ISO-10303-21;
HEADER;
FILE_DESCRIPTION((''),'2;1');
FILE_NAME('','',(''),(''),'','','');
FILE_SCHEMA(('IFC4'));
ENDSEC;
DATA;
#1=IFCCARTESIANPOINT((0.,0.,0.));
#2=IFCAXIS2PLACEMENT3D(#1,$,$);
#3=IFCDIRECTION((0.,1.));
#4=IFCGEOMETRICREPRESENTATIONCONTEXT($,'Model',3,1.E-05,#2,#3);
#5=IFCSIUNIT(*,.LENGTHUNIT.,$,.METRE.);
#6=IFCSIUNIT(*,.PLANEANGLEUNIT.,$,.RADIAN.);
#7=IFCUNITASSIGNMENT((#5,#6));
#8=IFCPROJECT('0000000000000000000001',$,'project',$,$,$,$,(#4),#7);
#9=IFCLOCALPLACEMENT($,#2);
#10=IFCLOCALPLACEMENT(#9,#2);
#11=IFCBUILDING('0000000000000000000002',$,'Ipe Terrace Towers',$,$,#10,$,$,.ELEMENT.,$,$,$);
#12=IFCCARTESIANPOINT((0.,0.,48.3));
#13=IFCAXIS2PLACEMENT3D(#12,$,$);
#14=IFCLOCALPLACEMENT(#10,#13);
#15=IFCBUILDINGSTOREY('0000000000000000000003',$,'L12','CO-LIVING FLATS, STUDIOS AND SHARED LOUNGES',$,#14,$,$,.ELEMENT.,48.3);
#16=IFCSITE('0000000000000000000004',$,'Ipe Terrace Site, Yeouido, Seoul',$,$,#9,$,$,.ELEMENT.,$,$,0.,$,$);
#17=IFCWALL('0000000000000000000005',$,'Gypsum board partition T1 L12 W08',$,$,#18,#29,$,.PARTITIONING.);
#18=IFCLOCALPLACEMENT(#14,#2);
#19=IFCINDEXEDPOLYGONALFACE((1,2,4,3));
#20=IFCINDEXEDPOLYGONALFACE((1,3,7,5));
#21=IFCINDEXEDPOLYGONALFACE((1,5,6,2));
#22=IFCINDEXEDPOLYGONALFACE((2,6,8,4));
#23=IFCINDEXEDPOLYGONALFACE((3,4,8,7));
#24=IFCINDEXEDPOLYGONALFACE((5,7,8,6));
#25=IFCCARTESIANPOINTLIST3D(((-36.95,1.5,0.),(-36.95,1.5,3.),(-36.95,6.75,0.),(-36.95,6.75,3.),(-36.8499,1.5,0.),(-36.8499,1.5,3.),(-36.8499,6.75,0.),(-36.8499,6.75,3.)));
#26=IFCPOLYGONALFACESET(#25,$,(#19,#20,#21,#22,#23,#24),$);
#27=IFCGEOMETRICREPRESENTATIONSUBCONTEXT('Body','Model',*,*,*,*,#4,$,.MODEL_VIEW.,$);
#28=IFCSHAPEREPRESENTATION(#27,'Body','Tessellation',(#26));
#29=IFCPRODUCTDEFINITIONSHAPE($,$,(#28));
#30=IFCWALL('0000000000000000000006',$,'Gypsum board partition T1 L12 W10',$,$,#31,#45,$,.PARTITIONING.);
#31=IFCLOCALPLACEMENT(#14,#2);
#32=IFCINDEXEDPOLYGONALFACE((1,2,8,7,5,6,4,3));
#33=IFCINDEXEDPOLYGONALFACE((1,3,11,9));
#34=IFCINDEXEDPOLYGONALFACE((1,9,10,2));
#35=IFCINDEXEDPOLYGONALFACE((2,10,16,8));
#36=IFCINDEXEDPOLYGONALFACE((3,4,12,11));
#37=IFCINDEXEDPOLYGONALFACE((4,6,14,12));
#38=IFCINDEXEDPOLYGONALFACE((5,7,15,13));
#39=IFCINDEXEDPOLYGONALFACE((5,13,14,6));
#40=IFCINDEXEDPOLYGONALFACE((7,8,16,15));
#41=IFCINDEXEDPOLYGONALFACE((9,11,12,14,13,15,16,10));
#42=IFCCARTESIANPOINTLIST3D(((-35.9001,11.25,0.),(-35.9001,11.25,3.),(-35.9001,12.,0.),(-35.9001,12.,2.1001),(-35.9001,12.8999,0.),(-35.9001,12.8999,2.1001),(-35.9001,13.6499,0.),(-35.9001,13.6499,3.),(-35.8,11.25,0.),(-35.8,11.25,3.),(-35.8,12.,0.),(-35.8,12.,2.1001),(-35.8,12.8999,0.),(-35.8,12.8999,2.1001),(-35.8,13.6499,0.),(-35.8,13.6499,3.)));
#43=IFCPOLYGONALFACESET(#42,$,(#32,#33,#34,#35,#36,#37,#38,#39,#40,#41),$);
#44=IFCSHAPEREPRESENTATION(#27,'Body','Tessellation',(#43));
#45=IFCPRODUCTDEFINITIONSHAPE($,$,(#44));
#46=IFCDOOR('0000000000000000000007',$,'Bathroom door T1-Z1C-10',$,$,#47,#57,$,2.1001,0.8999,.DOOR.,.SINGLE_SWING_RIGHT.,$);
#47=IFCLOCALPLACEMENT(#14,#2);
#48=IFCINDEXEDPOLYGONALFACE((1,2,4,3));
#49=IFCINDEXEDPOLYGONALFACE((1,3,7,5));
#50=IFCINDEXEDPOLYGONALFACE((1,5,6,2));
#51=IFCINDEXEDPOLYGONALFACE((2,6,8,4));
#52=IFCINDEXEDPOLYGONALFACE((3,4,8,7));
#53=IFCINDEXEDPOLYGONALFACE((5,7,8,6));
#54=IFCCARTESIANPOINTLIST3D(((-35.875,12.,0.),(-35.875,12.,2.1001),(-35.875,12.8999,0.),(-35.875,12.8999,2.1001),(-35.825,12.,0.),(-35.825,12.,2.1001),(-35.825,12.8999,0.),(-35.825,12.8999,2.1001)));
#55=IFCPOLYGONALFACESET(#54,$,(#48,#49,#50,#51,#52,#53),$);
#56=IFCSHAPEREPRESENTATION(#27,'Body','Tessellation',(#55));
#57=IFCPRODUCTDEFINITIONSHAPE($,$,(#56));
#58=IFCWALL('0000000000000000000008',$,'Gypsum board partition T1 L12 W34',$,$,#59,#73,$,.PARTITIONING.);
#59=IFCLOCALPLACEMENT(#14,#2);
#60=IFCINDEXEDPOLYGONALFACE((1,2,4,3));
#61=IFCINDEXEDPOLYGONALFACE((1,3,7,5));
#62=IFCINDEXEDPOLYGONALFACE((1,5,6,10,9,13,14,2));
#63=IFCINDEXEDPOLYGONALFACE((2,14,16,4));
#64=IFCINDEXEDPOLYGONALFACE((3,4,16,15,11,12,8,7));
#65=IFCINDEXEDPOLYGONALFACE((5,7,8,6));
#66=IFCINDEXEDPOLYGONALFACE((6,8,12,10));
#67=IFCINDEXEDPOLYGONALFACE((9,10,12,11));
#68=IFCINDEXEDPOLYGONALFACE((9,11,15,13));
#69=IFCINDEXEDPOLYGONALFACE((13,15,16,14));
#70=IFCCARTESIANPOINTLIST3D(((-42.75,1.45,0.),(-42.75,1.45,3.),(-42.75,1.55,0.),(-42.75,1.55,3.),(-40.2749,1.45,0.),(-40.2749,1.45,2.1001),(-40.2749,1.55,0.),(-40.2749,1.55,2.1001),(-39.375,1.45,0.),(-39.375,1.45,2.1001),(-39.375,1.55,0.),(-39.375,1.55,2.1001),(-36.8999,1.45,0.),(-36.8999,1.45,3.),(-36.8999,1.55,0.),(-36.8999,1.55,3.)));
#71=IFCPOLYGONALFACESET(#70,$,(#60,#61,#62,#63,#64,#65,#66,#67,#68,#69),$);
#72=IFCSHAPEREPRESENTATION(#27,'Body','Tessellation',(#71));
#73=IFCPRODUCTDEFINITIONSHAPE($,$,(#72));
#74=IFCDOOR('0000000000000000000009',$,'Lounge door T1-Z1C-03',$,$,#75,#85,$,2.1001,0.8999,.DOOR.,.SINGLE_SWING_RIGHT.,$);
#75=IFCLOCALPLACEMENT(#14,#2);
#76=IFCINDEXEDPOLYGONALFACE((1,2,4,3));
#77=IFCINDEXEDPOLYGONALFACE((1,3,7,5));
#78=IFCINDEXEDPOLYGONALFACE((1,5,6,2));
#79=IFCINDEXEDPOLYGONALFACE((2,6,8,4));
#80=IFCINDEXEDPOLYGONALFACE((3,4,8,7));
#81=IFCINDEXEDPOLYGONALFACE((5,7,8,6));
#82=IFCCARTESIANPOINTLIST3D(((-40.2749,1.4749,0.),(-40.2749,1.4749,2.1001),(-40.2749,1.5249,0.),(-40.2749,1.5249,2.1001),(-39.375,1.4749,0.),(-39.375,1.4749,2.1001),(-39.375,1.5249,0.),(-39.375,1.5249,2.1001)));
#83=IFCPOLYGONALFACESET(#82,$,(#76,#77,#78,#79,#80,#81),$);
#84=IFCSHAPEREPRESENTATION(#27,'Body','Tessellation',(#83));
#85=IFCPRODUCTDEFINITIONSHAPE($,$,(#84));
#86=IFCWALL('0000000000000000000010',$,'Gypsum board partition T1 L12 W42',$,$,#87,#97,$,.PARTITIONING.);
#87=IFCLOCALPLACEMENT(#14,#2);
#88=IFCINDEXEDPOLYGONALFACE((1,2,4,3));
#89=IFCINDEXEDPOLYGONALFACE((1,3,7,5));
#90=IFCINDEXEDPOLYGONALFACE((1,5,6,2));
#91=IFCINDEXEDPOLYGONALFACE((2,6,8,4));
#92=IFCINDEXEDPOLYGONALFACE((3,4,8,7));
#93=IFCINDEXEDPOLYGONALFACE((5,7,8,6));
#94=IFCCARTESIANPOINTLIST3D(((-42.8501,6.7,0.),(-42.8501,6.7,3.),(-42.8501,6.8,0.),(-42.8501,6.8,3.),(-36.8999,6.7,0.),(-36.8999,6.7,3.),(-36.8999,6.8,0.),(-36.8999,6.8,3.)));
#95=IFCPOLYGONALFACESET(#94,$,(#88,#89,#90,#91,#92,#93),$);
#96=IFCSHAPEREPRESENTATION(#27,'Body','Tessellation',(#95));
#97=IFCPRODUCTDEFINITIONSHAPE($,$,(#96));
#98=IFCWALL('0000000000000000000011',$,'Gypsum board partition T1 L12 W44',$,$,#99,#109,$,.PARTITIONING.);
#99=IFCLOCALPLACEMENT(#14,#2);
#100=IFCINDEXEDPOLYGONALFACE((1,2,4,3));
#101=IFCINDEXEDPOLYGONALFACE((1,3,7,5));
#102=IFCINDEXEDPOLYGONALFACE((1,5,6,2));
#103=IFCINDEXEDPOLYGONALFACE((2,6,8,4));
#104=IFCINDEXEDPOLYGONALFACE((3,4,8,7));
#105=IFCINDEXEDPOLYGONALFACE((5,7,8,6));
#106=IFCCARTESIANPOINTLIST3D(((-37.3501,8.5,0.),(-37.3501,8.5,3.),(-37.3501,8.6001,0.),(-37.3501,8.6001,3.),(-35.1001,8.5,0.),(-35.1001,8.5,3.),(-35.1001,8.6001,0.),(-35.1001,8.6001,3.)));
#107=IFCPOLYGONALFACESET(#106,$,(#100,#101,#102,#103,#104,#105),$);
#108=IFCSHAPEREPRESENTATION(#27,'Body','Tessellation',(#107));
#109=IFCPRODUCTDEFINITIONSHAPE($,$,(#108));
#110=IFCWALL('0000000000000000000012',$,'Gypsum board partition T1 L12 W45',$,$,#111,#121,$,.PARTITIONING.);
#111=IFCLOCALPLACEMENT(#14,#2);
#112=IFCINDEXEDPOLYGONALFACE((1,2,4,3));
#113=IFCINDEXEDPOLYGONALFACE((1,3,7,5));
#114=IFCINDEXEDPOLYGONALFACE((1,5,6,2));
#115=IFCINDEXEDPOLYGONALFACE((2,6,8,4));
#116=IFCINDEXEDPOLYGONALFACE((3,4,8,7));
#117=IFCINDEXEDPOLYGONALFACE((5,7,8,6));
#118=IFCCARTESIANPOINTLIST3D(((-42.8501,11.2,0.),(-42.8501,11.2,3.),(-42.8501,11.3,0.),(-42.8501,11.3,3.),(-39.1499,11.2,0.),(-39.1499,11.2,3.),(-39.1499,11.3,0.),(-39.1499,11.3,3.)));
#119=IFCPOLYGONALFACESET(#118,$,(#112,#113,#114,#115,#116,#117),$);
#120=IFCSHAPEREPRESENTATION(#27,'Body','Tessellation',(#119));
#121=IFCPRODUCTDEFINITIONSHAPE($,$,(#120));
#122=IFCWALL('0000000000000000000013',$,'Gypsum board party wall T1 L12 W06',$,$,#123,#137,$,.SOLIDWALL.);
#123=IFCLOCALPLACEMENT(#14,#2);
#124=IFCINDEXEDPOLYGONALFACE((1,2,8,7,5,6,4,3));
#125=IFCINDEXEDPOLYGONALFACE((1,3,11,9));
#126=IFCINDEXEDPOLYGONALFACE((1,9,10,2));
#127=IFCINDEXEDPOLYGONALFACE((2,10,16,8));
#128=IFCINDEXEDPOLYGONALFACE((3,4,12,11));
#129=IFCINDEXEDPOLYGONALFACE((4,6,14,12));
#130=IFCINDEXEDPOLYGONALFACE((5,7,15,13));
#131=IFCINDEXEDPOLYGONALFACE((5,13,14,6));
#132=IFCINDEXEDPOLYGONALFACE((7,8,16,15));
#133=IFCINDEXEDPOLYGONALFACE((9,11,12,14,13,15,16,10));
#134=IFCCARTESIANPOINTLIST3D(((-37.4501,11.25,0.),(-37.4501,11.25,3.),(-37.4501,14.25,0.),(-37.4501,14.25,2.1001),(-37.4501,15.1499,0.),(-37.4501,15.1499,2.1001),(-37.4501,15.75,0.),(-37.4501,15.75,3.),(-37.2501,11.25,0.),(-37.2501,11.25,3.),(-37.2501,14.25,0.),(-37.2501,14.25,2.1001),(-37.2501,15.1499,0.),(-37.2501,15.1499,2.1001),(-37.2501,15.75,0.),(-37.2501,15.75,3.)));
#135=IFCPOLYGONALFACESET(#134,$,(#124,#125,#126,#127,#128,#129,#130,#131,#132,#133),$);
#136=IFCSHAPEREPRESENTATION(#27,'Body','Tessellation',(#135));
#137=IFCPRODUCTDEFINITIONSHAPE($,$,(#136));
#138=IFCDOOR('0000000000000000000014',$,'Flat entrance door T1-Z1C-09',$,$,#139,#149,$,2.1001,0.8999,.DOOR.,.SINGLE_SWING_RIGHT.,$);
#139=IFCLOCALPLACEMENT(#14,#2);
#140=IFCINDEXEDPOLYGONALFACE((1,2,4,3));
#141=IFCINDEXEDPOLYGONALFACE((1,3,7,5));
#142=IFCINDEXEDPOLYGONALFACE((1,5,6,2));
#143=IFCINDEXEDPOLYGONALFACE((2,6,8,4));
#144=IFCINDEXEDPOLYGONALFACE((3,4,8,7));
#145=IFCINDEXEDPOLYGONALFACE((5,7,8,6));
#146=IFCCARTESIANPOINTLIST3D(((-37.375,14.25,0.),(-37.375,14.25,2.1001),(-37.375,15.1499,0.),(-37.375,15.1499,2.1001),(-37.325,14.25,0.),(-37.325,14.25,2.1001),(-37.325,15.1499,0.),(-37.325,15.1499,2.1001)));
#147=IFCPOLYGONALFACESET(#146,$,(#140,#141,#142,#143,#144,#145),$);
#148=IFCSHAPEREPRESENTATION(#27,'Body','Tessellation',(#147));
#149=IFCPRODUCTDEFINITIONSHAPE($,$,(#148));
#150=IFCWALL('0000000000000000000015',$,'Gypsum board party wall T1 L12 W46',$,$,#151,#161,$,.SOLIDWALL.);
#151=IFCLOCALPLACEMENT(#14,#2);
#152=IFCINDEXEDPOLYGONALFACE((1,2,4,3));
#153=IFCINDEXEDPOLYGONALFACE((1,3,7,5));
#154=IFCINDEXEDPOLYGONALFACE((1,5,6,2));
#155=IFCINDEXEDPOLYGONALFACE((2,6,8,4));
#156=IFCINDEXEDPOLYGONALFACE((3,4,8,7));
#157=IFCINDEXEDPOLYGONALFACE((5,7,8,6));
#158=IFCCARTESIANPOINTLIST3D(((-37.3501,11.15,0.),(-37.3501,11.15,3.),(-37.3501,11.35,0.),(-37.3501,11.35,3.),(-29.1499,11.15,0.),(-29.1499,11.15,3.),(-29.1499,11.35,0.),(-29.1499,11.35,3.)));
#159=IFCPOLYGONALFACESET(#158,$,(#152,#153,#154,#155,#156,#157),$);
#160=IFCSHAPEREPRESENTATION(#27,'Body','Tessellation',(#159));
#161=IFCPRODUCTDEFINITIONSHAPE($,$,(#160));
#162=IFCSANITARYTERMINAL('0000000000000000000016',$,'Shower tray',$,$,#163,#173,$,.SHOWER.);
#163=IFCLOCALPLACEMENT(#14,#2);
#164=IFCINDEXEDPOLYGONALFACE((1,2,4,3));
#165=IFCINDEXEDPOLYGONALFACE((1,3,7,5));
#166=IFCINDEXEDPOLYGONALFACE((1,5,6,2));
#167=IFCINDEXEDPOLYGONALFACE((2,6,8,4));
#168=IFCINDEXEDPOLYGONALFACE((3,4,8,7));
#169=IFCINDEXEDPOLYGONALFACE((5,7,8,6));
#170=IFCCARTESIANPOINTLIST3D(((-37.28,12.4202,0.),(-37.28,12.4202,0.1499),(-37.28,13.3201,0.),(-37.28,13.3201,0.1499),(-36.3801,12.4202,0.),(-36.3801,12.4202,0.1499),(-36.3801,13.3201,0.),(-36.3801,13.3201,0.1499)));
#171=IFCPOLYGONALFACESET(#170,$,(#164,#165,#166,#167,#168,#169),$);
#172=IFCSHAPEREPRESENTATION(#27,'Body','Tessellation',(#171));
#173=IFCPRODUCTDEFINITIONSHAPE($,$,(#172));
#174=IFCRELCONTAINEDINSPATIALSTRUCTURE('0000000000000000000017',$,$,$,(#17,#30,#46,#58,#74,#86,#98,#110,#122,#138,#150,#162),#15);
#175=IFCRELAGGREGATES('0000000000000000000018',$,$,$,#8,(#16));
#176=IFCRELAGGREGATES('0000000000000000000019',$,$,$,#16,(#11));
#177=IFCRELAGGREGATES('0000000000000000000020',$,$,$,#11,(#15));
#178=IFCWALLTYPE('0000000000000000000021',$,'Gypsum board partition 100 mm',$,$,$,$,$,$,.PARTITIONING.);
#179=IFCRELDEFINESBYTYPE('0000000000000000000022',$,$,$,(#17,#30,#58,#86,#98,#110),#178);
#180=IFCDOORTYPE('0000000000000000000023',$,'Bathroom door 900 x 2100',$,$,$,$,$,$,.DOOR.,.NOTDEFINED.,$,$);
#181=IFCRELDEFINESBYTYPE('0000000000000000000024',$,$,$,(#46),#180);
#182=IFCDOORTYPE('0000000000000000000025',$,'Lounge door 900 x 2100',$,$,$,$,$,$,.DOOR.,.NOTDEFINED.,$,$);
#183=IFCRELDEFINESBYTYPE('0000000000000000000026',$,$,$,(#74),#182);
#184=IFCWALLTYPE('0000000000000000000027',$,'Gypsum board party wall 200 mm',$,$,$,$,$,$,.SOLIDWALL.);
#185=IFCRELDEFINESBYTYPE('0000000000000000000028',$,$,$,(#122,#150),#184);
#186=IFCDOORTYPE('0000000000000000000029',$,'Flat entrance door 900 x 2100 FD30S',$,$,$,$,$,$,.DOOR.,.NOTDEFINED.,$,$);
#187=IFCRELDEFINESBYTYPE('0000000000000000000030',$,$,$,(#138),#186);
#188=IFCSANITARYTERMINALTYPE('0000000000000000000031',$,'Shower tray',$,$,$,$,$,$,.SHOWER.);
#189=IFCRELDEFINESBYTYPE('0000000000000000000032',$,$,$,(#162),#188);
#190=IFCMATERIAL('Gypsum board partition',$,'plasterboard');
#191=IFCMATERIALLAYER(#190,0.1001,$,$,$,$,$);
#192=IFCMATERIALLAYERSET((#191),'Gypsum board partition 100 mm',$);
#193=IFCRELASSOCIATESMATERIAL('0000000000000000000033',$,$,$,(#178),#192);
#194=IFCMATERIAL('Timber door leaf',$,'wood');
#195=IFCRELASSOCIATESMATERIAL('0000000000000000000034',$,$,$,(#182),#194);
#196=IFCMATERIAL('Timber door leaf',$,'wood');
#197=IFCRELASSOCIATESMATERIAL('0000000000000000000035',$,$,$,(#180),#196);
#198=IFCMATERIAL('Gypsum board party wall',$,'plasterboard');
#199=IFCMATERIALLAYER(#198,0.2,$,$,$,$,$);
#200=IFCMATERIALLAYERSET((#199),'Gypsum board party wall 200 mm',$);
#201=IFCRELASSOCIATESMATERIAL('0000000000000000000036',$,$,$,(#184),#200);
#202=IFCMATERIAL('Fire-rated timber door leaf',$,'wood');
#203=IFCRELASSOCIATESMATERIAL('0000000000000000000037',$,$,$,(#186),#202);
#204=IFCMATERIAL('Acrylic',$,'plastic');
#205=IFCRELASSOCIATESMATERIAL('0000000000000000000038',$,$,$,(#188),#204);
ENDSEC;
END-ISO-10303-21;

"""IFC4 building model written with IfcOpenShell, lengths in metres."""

from ifc_helpers import new_model, si_unit, direction, frame, frame_2d, origin, origin_2d, place, context, subcontext, project, spatial, rectangle, extrude, material, layer, layer_set, type_object, element, fill, save


model = new_model("IFC4")

# Units and contexts
model_context = context("Model", 3, precision=1e-05, world=origin(), true_north=direction((0.0, 1.0)))
body_context = subcontext(model_context, "Body", "Model", "MODEL_VIEW")
ifc_project = project(units=[si_unit("LENGTHUNIT", "METRE"), si_unit("PLANEANGLEUNIT", "RADIAN")], contexts=[model_context])

# Site, building, storey
site_placement = place(None, origin())
site = spatial("IfcSite", under=ifc_project, at=site_placement, Name="Ipe Terrace Site, Yeouido, Seoul", CompositionType="ELEMENT", RefElevation=0.0)
building_placement = place(site_placement, origin())
building = spatial("IfcBuilding", under=site, at=building_placement, Name="Ipe Terrace Towers", CompositionType="ELEMENT")
storey_placement = place(building_placement, frame((0.0, 0.0, 48.3)))
storey = spatial("IfcBuildingStorey", under=building, at=storey_placement, Name="L12", Description="CO-LIVING FLATS, STUDIOS AND SHARED LOUNGES", CompositionType="ELEMENT", Elevation=48.3)

# Shared definitions
ifc_material_1 = material(Name="Gypsum board partition", Category="plasterboard")
ifc_layer_1 = layer(ifc_material_1, 0.1001)
ifc_layer_set_1 = layer_set([ifc_layer_1], Name="Gypsum board partition 100 mm")
wall_type_1 = type_object("IfcWallType", Name="Gypsum board partition 100 mm", PredefinedType="PARTITIONING", material=ifc_layer_set_1)
ifc_material_2 = material(Name="Timber door leaf", Category="wood")
door_type_1 = type_object("IfcDoorType", Name="Lounge door 900 x 2100", OperationType="NOTDEFINED", PredefinedType="DOOR", material=ifc_material_2)

# Wall
wall_1_placement = place(storey_placement, frame((-36.8999, 1.5, 0.0), z_axis=(0.0, 0.0, 1.0), x_axis=(0.0, 1.0, 0.0)))
element("IfcWall", 1, at=wall_1_placement, inside=storey, type_object=wall_type_1, Name="Gypsum board partition T1 L12 W08", PredefinedType="PARTITIONING", context=body_context, shape_type="SweptSolid", body=[
    extrude(rectangle(XDim=5.25, YDim=0.1001, at=frame_2d((2.625, 0.0))), origin(), (0.0, 0.0, 1.0), 3.0),
])

# Walls, openings, doors
wall_2_placement = place(storey_placement, frame((-35.8501, 11.25, 0.0), z_axis=(0.0, 0.0, 1.0), x_axis=(0.0, 1.0, 0.0)))
wall_2 = element("IfcWall", 2, at=wall_2_placement, inside=storey, type_object=wall_type_1, Name="Gypsum board partition T1 L12 W10", PredefinedType="PARTITIONING", context=body_context, shape_type="SweptSolid", body=[
    extrude(rectangle(XDim=2.3999, YDim=0.1001, at=frame_2d((1.2, 0.0))), origin(), (0.0, 0.0, 1.0), 3.0),
])
opening_1_placement = place(wall_2_placement, frame((0.75, 0.0, 0.0)))
opening_1 = element("IfcOpeningElement", 3, at=opening_1_placement, cuts=wall_2, PredefinedType="OPENING", context=body_context, shape_type="SweptSolid", body=[
    extrude(rectangle(XDim=0.8999, YDim=2.1001, at=frame_2d((0.45, 1.05))), frame((0.0, 0.0601, 0.0), z_axis=(0.0, -1.0, 0.0), x_axis=(1.0, 0.0, 0.0)), (0.0, 0.0, 1.0), 0.1201),
])
ifc_material_3 = material(Name="Timber door leaf", Category="wood")
door_type_2 = type_object("IfcDoorType", Name="Bathroom door 900 x 2100", OperationType="NOTDEFINED", PredefinedType="DOOR", material=ifc_material_3)
door_1_placement = place(opening_1_placement, origin())
door_1 = element("IfcDoor", 4, at=door_1_placement, inside=storey, type_object=door_type_2, Name="Bathroom door T1-Z1C-10", OperationType="SINGLE_SWING_RIGHT", OverallHeight=2.1001, OverallWidth=0.8999, PredefinedType="DOOR", context=body_context, shape_type="SweptSolid", body=[
    extrude(rectangle(XDim=0.8999, YDim=2.1001, at=frame_2d((0.45, 1.05))), frame((0.0, 0.0249, 0.0), z_axis=(0.0, -1.0, 0.0), x_axis=(1.0, 0.0, 0.0)), (0.0, 0.0, 1.0), 0.05),
])
fill(opening_1, door_1)
wall_3_placement = place(storey_placement, frame((-42.75, 1.5, 0.0), z_axis=(0.0, 0.0, 1.0), x_axis=(1.0, 0.0, 0.0)))
wall_3 = element("IfcWall", 5, at=wall_3_placement, inside=storey, type_object=wall_type_1, Name="Gypsum board partition T1 L12 W34", PredefinedType="PARTITIONING", context=body_context, shape_type="SweptSolid", body=[
    extrude(rectangle(XDim=5.8501, YDim=0.1001, at=frame_2d((2.925, 0.0))), origin(), (0.0, 0.0, 1.0), 3.0),
])
opening_2_placement = place(wall_3_placement, frame((2.4751, 0.0, 0.0)))
opening_2 = element("IfcOpeningElement", 6, at=opening_2_placement, cuts=wall_3, PredefinedType="OPENING", context=body_context, shape_type="SweptSolid", body=[
    extrude(rectangle(XDim=0.8999, YDim=2.1001, at=frame_2d((0.45, 1.05))), frame((0.0, 0.0601, 0.0), z_axis=(0.0, -1.0, 0.0), x_axis=(1.0, 0.0, 0.0)), (0.0, 0.0, 1.0), 0.1201),
])
door_2_placement = place(opening_2_placement, origin())
door_2 = element("IfcDoor", 7, at=door_2_placement, inside=storey, type_object=door_type_1, Name="Lounge door T1-Z1C-03", OperationType="SINGLE_SWING_RIGHT", OverallHeight=2.1001, OverallWidth=0.8999, PredefinedType="DOOR", context=body_context, shape_type="SweptSolid", body=[
    extrude(rectangle(XDim=0.8999, YDim=2.1001, at=frame_2d((0.45, 1.05))), frame((0.0, 0.0249, 0.0), z_axis=(0.0, -1.0, 0.0), x_axis=(1.0, 0.0, 0.0)), (0.0, 0.0, 1.0), 0.05),
])
fill(opening_2, door_2)

# Walls
wall_4_placement = place(storey_placement, frame((-42.8501, 6.75, 0.0), z_axis=(0.0, 0.0, 1.0), x_axis=(1.0, 0.0, 0.0)))
element("IfcWall", 8, at=wall_4_placement, inside=storey, type_object=wall_type_1, Name="Gypsum board partition T1 L12 W42", PredefinedType="PARTITIONING", context=body_context, shape_type="SweptSolid", body=[
    extrude(rectangle(XDim=5.9502, YDim=0.1001, at=frame_2d((2.9751, 0.0))), origin(), (0.0, 0.0, 1.0), 3.0),
])
wall_5_placement = place(storey_placement, frame((-37.3501, 8.55, 0.0), z_axis=(0.0, 0.0, 1.0), x_axis=(1.0, 0.0, 0.0)))
element("IfcWall", 9, at=wall_5_placement, inside=storey, type_object=wall_type_1, Name="Gypsum board partition T1 L12 W44", PredefinedType="PARTITIONING", context=body_context, shape_type="SweptSolid", body=[
    extrude(rectangle(XDim=2.25, YDim=0.1001, at=frame_2d((1.125, 0.0))), origin(), (0.0, 0.0, 1.0), 3.0),
])
wall_6_placement = place(storey_placement, frame((-42.8501, 11.25, 0.0), z_axis=(0.0, 0.0, 1.0), x_axis=(1.0, 0.0, 0.0)))
element("IfcWall", 10, at=wall_6_placement, inside=storey, type_object=wall_type_1, Name="Gypsum board partition T1 L12 W45", PredefinedType="PARTITIONING", context=body_context, shape_type="SweptSolid", body=[
    extrude(rectangle(XDim=3.7002, YDim=0.1001, at=frame_2d((1.8501, 0.0))), origin(), (0.0, 0.0, 1.0), 3.0),
])

# Wall, opening, door
ifc_material_4 = material(Name="Gypsum board party wall", Category="plasterboard")
ifc_layer_2 = layer(ifc_material_4, 0.2)
ifc_layer_set_2 = layer_set([ifc_layer_2], Name="Gypsum board party wall 200 mm")
wall_type_2 = type_object("IfcWallType", Name="Gypsum board party wall 200 mm", PredefinedType="SOLIDWALL", material=ifc_layer_set_2)
wall_7_placement = place(storey_placement, frame((-37.3501, 11.25, 0.0), z_axis=(0.0, 0.0, 1.0), x_axis=(0.0, 1.0, 0.0)))
wall_7 = element("IfcWall", 11, at=wall_7_placement, inside=storey, type_object=wall_type_2, Name="Gypsum board party wall T1 L12 W06", PredefinedType="SOLIDWALL", context=body_context, shape_type="SweptSolid", body=[
    extrude(rectangle(XDim=4.5, YDim=0.2, at=frame_2d((2.25, 0.0))), origin(), (0.0, 0.0, 1.0), 3.0),
])
opening_3_placement = place(wall_7_placement, frame((3.0, 0.0, 0.0)))
opening_3 = element("IfcOpeningElement", 12, at=opening_3_placement, cuts=wall_7, PredefinedType="OPENING", context=body_context, shape_type="SweptSolid", body=[
    extrude(rectangle(XDim=0.8999, YDim=2.1001, at=frame_2d((0.45, 1.05))), frame((0.0, 0.1099, 0.0), z_axis=(0.0, -1.0, 0.0), x_axis=(1.0, 0.0, 0.0)), (0.0, 0.0, 1.0), 0.22),
])
ifc_material_5 = material(Name="Fire-rated timber door leaf", Category="wood")
door_type_3 = type_object("IfcDoorType", Name="Flat entrance door 900 x 2100 FD30S", OperationType="NOTDEFINED", PredefinedType="DOOR", material=ifc_material_5)
door_3_placement = place(opening_3_placement, origin())
door_3 = element("IfcDoor", 13, at=door_3_placement, inside=storey, type_object=door_type_3, Name="Flat entrance door T1-Z1C-09", OperationType="SINGLE_SWING_RIGHT", OverallHeight=2.1001, OverallWidth=0.8999, PredefinedType="DOOR", context=body_context, shape_type="SweptSolid", body=[
    extrude(rectangle(XDim=0.8999, YDim=2.1001, at=frame_2d((0.45, 1.05))), frame((0.0, 0.0249, 0.0), z_axis=(0.0, -1.0, 0.0), x_axis=(1.0, 0.0, 0.0)), (0.0, 0.0, 1.0), 0.05),
])
fill(opening_3, door_3)

# Wall
wall_8_placement = place(storey_placement, frame((-37.3501, 11.25, 0.0), z_axis=(0.0, 0.0, 1.0), x_axis=(1.0, 0.0, 0.0)))
element("IfcWall", 14, at=wall_8_placement, inside=storey, type_object=wall_type_2, Name="Gypsum board party wall T1 L12 W46", PredefinedType="SOLIDWALL", context=body_context, shape_type="SweptSolid", body=[
    extrude(rectangle(XDim=8.2002, YDim=0.2, at=frame_2d((4.1001, 0.0))), origin(), (0.0, 0.0, 1.0), 3.0),
])

# Sanitary terminal
ifc_material_6 = material(Name="Acrylic", Category="plastic")
sanitary_terminal_type_1 = type_object("IfcSanitaryTerminalType", Name="Shower tray", PredefinedType="SHOWER", material=ifc_material_6)
sanitary_terminal_1_placement = place(storey_placement, frame((-36.8301, 12.8701, 0.0), z_axis=(0.0, 0.0, 1.0), x_axis=(1.0, 0.0, 0.0)))
element("IfcSanitaryTerminal", 15, at=sanitary_terminal_1_placement, inside=storey, type_object=sanitary_terminal_type_1, Name="Shower tray", PredefinedType="SHOWER", context=body_context, shape_type="SweptSolid", body=[
    extrude(rectangle(XDim=0.8999, YDim=0.8999, at=origin_2d()), origin(), (0.0, 0.0, 1.0), 0.1499),
])

save(model, "model.ifc")
